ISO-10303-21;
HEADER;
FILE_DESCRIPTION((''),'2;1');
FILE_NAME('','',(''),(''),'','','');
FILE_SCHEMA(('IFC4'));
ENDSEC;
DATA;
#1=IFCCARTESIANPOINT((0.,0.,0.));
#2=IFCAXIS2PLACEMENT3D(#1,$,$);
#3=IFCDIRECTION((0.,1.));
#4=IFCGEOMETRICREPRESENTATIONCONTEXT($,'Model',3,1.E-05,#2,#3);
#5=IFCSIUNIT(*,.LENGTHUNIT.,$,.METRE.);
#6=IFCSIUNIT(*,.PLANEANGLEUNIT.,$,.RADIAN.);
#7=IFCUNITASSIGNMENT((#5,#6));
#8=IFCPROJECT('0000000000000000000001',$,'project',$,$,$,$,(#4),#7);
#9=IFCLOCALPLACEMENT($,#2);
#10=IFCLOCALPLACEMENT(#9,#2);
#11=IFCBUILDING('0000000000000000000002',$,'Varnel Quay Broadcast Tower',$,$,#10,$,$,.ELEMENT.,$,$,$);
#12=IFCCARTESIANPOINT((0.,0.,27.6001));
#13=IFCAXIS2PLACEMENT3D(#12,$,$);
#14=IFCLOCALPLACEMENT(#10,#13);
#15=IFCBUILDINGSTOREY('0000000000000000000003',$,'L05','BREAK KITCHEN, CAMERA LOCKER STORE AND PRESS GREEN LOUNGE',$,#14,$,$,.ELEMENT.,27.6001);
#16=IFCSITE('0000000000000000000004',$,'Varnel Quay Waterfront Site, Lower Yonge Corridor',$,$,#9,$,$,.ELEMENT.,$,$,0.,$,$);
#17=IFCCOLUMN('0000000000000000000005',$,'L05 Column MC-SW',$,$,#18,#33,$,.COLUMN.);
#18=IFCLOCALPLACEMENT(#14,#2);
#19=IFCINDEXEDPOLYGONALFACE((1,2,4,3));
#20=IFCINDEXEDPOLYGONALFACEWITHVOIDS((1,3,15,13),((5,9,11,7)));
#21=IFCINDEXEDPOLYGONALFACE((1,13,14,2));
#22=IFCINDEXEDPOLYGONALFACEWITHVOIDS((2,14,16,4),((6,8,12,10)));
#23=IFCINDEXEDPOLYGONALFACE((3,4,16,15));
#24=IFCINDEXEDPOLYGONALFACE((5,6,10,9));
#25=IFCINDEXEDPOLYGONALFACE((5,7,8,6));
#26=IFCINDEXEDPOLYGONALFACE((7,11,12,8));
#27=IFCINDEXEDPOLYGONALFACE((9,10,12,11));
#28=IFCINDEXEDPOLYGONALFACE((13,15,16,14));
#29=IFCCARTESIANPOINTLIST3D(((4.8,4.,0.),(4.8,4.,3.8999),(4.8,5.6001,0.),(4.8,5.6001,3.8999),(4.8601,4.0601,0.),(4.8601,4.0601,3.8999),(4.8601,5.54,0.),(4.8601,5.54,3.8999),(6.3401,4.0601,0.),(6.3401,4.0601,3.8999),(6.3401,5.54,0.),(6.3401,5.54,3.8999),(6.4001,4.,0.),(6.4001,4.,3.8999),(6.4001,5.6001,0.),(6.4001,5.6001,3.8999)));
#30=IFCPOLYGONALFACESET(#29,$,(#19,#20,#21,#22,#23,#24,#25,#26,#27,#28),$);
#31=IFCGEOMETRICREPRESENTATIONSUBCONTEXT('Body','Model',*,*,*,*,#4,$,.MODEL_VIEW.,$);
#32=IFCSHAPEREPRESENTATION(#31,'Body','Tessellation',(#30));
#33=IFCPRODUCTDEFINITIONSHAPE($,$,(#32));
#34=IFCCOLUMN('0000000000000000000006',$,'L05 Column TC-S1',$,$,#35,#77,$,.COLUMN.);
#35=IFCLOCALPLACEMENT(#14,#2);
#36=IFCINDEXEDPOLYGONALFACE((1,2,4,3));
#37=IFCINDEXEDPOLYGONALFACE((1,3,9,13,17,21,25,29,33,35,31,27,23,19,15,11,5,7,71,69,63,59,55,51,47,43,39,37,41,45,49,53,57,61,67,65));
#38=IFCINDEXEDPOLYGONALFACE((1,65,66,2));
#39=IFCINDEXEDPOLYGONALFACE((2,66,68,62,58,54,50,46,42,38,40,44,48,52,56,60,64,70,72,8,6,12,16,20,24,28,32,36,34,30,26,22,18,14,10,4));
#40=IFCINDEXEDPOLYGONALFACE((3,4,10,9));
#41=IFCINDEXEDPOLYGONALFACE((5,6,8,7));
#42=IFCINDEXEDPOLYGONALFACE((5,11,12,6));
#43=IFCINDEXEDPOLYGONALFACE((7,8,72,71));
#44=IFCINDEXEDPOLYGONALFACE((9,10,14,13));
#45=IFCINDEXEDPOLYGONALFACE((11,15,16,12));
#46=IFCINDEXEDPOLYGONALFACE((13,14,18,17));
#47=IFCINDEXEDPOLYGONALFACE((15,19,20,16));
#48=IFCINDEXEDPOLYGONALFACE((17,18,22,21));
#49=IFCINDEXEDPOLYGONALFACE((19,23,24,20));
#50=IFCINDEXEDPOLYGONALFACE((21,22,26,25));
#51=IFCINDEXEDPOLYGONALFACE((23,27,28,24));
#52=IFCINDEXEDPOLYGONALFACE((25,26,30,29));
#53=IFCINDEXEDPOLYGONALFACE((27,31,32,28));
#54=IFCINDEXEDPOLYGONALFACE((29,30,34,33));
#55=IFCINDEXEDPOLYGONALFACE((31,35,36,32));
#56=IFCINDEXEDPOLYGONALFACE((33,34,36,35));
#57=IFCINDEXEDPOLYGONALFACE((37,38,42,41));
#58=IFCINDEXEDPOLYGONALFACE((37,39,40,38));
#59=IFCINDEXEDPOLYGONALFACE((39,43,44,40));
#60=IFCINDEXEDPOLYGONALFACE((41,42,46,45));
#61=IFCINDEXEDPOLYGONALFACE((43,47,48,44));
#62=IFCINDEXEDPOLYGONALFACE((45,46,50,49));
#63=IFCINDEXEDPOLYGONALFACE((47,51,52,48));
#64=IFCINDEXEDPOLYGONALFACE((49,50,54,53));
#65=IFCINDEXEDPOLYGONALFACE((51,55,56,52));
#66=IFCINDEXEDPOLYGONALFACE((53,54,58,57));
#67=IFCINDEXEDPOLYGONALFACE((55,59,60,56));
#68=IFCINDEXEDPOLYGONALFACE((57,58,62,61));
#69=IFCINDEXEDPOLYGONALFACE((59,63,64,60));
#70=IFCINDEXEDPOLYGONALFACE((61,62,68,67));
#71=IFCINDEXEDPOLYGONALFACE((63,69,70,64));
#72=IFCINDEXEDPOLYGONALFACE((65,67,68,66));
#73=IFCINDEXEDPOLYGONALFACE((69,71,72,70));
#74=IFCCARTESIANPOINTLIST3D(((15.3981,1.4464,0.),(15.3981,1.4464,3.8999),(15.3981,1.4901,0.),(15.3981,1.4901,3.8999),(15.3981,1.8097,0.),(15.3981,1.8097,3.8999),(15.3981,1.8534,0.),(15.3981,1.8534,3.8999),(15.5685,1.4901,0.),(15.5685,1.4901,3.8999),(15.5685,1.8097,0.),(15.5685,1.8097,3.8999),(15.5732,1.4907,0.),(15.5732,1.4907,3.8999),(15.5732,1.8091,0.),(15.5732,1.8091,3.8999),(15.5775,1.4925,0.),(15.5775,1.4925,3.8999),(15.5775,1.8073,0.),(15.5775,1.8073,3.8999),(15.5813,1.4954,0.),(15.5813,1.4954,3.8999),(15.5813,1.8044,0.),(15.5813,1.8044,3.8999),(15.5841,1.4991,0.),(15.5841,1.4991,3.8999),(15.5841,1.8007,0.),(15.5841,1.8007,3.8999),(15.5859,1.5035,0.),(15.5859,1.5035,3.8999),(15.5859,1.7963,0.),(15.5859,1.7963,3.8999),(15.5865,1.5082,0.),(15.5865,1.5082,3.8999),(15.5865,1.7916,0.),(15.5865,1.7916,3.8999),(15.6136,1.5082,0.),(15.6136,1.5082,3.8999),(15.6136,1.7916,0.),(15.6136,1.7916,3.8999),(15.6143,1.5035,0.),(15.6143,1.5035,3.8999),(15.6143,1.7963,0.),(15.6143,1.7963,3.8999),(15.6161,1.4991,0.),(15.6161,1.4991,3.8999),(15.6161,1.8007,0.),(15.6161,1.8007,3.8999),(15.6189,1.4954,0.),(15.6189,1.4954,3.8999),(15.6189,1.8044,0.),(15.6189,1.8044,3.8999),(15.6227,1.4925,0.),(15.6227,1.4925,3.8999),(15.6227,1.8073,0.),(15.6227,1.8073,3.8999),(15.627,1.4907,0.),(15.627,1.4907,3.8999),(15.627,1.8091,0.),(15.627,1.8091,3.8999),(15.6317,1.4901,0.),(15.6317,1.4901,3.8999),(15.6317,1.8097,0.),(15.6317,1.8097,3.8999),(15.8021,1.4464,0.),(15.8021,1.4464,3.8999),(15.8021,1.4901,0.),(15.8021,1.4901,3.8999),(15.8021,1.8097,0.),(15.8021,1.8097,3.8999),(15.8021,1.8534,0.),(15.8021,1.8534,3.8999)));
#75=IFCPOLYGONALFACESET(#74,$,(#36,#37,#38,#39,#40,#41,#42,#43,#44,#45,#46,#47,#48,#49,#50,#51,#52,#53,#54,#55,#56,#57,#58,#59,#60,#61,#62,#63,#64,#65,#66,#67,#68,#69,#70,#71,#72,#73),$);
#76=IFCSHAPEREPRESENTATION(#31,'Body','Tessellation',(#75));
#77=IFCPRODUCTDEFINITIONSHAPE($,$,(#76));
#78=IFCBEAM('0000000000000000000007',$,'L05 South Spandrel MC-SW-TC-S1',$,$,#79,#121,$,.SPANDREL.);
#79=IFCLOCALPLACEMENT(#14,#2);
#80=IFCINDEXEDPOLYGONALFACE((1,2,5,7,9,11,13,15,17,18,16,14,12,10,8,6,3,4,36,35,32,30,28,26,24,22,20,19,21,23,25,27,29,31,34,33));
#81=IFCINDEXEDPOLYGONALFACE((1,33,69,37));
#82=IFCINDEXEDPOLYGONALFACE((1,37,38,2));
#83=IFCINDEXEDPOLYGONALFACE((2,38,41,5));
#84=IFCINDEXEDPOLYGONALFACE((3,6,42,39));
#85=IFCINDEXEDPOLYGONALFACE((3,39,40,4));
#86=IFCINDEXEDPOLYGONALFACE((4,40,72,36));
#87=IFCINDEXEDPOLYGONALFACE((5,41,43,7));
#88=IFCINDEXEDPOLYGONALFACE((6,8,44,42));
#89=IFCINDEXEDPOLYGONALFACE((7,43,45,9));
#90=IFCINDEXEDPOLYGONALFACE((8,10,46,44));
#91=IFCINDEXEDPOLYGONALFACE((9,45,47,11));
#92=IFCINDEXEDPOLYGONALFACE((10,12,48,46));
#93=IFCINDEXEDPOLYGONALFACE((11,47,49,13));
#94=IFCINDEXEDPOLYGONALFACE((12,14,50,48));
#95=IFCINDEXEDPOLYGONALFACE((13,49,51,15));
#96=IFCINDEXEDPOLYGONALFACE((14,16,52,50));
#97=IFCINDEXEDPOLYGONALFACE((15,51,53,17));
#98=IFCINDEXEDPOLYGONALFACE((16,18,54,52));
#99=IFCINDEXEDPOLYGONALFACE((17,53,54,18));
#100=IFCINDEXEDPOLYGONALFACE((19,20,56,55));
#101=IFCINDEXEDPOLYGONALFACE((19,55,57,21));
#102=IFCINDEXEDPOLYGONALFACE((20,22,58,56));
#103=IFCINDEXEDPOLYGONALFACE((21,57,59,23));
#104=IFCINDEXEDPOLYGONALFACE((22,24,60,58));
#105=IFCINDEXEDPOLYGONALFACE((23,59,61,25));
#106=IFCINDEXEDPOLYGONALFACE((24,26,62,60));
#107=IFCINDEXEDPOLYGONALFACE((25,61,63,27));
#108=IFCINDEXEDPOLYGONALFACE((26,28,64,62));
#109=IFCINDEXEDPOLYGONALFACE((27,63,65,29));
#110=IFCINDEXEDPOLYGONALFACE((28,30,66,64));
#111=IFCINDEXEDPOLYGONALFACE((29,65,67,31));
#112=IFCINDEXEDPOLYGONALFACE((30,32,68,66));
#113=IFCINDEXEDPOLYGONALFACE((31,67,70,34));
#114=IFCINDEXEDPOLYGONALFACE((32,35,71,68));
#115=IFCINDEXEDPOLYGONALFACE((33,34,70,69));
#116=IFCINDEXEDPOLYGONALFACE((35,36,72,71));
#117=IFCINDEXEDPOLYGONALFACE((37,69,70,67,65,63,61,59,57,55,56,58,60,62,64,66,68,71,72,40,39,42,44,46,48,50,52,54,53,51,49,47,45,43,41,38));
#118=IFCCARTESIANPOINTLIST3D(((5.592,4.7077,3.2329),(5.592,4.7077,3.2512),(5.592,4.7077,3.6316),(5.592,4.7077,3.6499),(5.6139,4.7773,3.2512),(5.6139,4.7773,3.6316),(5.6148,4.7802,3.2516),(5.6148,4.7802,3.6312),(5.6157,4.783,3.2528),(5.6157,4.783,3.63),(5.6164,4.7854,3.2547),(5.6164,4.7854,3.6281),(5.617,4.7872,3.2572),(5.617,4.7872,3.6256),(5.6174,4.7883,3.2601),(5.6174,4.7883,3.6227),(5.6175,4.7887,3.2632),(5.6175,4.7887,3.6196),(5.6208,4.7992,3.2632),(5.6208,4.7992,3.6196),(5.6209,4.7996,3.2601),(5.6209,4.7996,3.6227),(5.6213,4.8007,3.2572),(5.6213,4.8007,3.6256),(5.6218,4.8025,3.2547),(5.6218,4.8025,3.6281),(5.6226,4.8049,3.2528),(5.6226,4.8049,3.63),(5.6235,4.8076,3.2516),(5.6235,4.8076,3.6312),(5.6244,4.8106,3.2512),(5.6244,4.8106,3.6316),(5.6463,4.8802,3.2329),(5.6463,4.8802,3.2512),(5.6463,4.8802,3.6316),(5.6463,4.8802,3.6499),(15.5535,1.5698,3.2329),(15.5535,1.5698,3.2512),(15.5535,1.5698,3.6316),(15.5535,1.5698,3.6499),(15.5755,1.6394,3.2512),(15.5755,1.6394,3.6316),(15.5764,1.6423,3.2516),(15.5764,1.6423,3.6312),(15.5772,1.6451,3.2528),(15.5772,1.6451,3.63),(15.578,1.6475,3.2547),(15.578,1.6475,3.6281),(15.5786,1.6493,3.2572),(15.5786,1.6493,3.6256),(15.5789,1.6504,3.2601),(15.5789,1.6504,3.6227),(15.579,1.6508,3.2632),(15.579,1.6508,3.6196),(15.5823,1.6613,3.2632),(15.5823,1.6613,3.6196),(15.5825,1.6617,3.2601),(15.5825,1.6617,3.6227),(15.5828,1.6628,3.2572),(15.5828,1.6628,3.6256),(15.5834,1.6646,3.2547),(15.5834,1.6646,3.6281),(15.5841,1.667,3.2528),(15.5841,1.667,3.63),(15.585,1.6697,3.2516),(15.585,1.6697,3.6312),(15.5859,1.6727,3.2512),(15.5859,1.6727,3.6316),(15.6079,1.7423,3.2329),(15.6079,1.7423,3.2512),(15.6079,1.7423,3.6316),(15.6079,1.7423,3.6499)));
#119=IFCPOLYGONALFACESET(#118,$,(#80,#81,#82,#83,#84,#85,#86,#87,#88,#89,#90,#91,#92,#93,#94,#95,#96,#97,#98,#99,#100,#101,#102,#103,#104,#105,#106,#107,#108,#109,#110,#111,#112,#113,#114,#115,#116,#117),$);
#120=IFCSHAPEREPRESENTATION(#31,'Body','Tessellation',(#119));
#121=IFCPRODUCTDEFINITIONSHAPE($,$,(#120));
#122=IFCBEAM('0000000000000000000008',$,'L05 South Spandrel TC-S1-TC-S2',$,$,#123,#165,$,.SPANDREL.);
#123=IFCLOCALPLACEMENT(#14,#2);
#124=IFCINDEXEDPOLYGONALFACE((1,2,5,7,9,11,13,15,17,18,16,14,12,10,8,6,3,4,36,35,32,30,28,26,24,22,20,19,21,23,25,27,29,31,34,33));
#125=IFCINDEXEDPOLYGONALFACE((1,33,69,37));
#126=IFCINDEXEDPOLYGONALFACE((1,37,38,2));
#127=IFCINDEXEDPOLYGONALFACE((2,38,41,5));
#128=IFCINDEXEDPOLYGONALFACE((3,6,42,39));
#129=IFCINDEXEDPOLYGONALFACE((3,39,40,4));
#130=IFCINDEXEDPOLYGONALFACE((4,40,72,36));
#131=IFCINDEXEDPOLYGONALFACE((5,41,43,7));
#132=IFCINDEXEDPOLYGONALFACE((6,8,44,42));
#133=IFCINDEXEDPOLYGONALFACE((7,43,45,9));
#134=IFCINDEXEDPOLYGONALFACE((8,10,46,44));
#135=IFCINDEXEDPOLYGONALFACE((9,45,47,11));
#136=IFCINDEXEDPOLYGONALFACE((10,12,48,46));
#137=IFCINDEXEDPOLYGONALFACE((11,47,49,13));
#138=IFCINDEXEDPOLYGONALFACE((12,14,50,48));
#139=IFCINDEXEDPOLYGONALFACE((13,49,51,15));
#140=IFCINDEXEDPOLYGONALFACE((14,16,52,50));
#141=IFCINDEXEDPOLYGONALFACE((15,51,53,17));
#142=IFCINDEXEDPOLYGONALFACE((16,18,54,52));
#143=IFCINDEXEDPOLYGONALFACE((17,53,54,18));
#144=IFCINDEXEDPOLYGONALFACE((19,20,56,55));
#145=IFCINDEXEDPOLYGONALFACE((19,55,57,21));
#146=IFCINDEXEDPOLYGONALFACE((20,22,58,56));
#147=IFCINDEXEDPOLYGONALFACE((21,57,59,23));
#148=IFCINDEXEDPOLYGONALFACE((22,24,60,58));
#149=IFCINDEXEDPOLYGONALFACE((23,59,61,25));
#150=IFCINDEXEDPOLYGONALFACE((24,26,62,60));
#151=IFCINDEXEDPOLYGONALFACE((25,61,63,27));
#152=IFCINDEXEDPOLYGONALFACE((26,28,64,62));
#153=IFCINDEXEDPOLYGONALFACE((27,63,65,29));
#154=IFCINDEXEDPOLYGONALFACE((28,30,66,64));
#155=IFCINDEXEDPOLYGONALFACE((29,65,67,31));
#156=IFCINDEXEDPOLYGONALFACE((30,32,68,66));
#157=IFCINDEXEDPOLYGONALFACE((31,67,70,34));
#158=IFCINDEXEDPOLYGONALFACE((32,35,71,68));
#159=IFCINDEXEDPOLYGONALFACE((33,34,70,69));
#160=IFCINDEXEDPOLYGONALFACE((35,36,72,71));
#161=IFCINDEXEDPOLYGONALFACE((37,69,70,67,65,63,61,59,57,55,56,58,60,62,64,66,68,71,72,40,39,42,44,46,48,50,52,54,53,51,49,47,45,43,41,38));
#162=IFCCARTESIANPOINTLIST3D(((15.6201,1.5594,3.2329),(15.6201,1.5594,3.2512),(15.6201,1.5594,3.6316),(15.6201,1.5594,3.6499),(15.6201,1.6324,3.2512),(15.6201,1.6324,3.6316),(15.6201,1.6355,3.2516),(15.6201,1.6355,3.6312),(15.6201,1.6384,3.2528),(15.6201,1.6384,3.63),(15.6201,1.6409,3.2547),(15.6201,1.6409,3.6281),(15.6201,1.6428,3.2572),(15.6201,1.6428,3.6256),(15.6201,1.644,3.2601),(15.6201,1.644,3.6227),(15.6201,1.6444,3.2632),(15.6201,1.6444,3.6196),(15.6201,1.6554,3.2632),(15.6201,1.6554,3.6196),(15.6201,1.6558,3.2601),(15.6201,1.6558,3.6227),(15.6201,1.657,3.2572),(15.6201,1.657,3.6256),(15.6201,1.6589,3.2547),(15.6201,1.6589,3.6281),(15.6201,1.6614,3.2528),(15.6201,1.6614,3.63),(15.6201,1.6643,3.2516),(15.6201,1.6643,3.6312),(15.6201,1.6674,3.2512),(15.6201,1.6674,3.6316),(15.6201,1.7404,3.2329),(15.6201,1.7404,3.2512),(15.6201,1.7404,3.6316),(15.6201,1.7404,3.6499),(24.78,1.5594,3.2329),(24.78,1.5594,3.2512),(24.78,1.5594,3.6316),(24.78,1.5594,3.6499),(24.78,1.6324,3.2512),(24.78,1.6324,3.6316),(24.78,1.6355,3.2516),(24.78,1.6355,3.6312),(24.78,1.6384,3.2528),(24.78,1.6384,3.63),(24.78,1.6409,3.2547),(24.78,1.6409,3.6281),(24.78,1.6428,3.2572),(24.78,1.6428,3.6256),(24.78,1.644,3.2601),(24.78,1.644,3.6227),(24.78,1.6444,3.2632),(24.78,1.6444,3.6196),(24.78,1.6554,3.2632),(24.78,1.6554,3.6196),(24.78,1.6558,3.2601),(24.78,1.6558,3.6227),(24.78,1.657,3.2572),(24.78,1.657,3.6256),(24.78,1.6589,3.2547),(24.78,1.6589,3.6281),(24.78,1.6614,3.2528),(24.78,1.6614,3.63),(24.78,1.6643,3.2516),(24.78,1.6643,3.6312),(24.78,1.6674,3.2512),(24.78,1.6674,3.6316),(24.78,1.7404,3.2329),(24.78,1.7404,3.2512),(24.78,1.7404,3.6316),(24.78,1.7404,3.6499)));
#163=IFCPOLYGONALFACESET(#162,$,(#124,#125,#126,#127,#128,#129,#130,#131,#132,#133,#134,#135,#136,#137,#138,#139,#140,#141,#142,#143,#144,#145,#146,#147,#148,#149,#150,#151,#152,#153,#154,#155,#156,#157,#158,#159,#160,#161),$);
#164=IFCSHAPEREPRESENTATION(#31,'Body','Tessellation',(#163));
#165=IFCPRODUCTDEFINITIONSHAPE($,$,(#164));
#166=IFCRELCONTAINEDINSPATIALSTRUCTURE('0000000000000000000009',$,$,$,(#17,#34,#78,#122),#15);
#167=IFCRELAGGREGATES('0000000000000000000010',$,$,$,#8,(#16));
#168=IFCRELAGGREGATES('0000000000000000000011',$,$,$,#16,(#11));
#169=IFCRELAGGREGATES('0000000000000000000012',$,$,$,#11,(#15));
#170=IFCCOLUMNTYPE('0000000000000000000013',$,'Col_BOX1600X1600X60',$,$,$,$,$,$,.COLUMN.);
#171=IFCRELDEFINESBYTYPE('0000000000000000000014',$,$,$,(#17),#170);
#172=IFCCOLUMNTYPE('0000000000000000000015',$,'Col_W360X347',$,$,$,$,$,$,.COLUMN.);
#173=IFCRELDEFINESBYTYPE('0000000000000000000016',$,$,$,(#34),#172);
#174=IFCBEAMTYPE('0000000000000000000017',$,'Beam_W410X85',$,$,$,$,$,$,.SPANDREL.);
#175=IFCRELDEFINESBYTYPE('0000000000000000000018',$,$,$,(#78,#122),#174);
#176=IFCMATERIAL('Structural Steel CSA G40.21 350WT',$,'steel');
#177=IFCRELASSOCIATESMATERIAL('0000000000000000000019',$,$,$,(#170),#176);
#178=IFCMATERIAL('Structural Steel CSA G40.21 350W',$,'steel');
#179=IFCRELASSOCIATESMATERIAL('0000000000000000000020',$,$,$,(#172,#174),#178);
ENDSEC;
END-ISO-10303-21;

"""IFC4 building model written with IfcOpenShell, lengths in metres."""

from ifc_helpers import new_model, si_unit, direction, frame, origin, origin_2d, place, context, subcontext, project, spatial, hollow_rectangle, i_section, extrude, source, transform, mapped, material, material_profile, profile_set, type_object, type_shapes, element, save


model = new_model("IFC4")

# Units and contexts
model_context = context("Model", 3, precision=1e-05, world=origin(), true_north=direction((0.0, 1.0)))
body_context = subcontext(model_context, "Body", "Model", "MODEL_VIEW")
ifc_project = project(units=[si_unit("LENGTHUNIT", "METRE"), si_unit("PLANEANGLEUNIT", "RADIAN")], contexts=[model_context])

# Site, building, storey
site_placement = place(None, origin())
site = spatial("IfcSite", under=ifc_project, at=site_placement, Name="Varnel Quay Waterfront Site, Lower Yonge Corridor", CompositionType="ELEMENT", RefElevation=0.0)
building_placement = place(site_placement, origin())
building = spatial("IfcBuilding", under=site, at=building_placement, Name="Varnel Quay Broadcast Tower", CompositionType="ELEMENT")
storey_placement = place(building_placement, frame((0.0, 0.0, 27.6001)))
storey = spatial("IfcBuildingStorey", under=building, at=storey_placement, Name="L05", Description="BREAK KITCHEN, CAMERA LOCKER STORE AND PRESS GREEN LOUNGE", CompositionType="ELEMENT", Elevation=27.6001)

# Columns
ifc_material_1 = material(Name="Structural Steel CSA G40.21 350WT", Category="steel")
ifc_material_profile_1 = material_profile(ifc_material_1, hollow_rectangle(XDim=1.6001, YDim=1.6001, WallThickness=0.0601, at=origin_2d()), Name="BOX1600X1600X60")
ifc_profile_set_1 = profile_set([ifc_material_profile_1], Name="Structural Steel CSA G40.21 350WT")
column_type_1 = type_object("IfcColumnType", Name="Col_BOX1600X1600X60", PredefinedType="COLUMN", material=ifc_profile_set_1)
shared_shape_1 = source(origin(), body_context, "Body", "SweptSolid", [
    extrude(hollow_rectangle(XDim=1.6001, YDim=1.6001, WallThickness=0.0601, at=origin_2d()), origin(), (0.0, 0.0, 1.0), 3.8999),
])
type_shapes(column_type_1, [shared_shape_1])
column_1_placement = place(storey_placement, frame((5.6001, 4.8, 0.0), z_axis=(0.0, 0.0, 1.0), x_axis=(1.0, 0.0, 0.0)))
element("IfcColumn", 1, at=column_1_placement, inside=storey, type_object=column_type_1, Name="L05 Column MC-SW", PredefinedType="COLUMN", context=body_context, shape_type="MappedRepresentation", body=[
    mapped(shared_shape_1, transform((0.0, 0.0, 0.0), x_axis=(1.0, 0.0, 0.0), y_axis=(0.0, 1.0, 0.0), z_axis=(0.0, 0.0, 1.0), scale=1.0)),
])
ifc_material_2 = material(Name="Structural Steel CSA G40.21 350W", Category="steel")
ifc_material_profile_2 = material_profile(ifc_material_2, i_section(OverallWidth=0.4041, OverallDepth=0.407, WebThickness=0.0271, FlangeThickness=0.0437, FilletRadius=0.0181, at=origin_2d()), Name="W360X347")
ifc_profile_set_2 = profile_set([ifc_material_profile_2], Name="Structural Steel CSA G40.21 350W")
column_type_2 = type_object("IfcColumnType", Name="Col_W360X347", PredefinedType="COLUMN", material=ifc_profile_set_2)
shared_shape_2 = source(origin(), body_context, "Body", "SweptSolid", [
    extrude(i_section(OverallWidth=0.4041, OverallDepth=0.407, WebThickness=0.0271, FlangeThickness=0.0437, FilletRadius=0.0181, at=origin_2d()), origin(), (0.0, 0.0, 1.0), 3.8999),
])
type_shapes(column_type_2, [shared_shape_2])
column_2_placement = place(storey_placement, frame((15.6001, 1.6499, 0.0), z_axis=(0.0, 0.0, 1.0), x_axis=(1.0, 0.0, 0.0)))
element("IfcColumn", 2, at=column_2_placement, inside=storey, type_object=column_type_2, Name="L05 Column TC-S1", PredefinedType="COLUMN", context=body_context, shape_type="MappedRepresentation", body=[
    mapped(shared_shape_2, transform((0.0, 0.0, 0.0), x_axis=(1.0, 0.0, 0.0), y_axis=(0.0, 1.0, 0.0), z_axis=(0.0, 0.0, 1.0), scale=1.0)),
])

# Beams
ifc_material_profile_3 = material_profile(ifc_material_2, i_section(OverallWidth=0.1809, OverallDepth=0.417, WebThickness=0.011, FlangeThickness=0.0183, FilletRadius=0.012, at=origin_2d()), Name="W410X85")
ifc_profile_set_3 = profile_set([ifc_material_profile_3], Name="Structural Steel CSA G40.21 350W")
beam_type_1 = type_object("IfcBeamType", Name="Beam_W410X85", PredefinedType="SPANDREL", material=ifc_profile_set_3)
shared_shape_3 = source(origin(), body_context, "Body", "SweptSolid", [
    extrude(i_section(OverallWidth=0.1809, OverallDepth=0.417, WebThickness=0.011, FlangeThickness=0.0183, FilletRadius=0.012, at=origin_2d()), origin(), (0.0, 0.0, 1.0), 10.4441),
])
beam_1_placement = place(storey_placement, frame((5.6191, 4.7939, 3.4414), z_axis=(0.953798, -0.300448, 0.0), x_axis=(0.300448, 0.953798, 0.0)))
element("IfcBeam", 3, at=beam_1_placement, inside=storey, type_object=beam_type_1, Name="L05 South Spandrel MC-SW-TC-S1", PredefinedType="SPANDREL", context=body_context, shape_type="MappedRepresentation", body=[
    mapped(shared_shape_3, transform((0.0, 0.0, 0.0), x_axis=(1.0, 0.0, 0.0), y_axis=(0.0, 1.0, 0.0), z_axis=(0.0, 0.0, 1.0), scale=1.0)),
])
shared_shape_4 = source(origin(), body_context, "Body", "SweptSolid", [
    extrude(i_section(OverallWidth=0.1809, OverallDepth=0.417, WebThickness=0.011, FlangeThickness=0.0183, FilletRadius=0.012, at=origin_2d()), origin(), (0.0, 0.0, 1.0), 9.1599),
])
beam_2_placement = place(storey_placement, frame((15.6201, 1.6499, 3.4414), z_axis=(1.0, 0.0, 0.0), x_axis=(0.0, 1.0, 0.0)))
element("IfcBeam", 4, at=beam_2_placement, inside=storey, type_object=beam_type_1, Name="L05 South Spandrel TC-S1-TC-S2", PredefinedType="SPANDREL", context=body_context, shape_type="MappedRepresentation", body=[
    mapped(shared_shape_4, transform((0.0, 0.0, 0.0), x_axis=(1.0, 0.0, 0.0), y_axis=(0.0, 1.0, 0.0), z_axis=(0.0, 0.0, 1.0), scale=1.0)),
])

save(model, "model.ifc")
